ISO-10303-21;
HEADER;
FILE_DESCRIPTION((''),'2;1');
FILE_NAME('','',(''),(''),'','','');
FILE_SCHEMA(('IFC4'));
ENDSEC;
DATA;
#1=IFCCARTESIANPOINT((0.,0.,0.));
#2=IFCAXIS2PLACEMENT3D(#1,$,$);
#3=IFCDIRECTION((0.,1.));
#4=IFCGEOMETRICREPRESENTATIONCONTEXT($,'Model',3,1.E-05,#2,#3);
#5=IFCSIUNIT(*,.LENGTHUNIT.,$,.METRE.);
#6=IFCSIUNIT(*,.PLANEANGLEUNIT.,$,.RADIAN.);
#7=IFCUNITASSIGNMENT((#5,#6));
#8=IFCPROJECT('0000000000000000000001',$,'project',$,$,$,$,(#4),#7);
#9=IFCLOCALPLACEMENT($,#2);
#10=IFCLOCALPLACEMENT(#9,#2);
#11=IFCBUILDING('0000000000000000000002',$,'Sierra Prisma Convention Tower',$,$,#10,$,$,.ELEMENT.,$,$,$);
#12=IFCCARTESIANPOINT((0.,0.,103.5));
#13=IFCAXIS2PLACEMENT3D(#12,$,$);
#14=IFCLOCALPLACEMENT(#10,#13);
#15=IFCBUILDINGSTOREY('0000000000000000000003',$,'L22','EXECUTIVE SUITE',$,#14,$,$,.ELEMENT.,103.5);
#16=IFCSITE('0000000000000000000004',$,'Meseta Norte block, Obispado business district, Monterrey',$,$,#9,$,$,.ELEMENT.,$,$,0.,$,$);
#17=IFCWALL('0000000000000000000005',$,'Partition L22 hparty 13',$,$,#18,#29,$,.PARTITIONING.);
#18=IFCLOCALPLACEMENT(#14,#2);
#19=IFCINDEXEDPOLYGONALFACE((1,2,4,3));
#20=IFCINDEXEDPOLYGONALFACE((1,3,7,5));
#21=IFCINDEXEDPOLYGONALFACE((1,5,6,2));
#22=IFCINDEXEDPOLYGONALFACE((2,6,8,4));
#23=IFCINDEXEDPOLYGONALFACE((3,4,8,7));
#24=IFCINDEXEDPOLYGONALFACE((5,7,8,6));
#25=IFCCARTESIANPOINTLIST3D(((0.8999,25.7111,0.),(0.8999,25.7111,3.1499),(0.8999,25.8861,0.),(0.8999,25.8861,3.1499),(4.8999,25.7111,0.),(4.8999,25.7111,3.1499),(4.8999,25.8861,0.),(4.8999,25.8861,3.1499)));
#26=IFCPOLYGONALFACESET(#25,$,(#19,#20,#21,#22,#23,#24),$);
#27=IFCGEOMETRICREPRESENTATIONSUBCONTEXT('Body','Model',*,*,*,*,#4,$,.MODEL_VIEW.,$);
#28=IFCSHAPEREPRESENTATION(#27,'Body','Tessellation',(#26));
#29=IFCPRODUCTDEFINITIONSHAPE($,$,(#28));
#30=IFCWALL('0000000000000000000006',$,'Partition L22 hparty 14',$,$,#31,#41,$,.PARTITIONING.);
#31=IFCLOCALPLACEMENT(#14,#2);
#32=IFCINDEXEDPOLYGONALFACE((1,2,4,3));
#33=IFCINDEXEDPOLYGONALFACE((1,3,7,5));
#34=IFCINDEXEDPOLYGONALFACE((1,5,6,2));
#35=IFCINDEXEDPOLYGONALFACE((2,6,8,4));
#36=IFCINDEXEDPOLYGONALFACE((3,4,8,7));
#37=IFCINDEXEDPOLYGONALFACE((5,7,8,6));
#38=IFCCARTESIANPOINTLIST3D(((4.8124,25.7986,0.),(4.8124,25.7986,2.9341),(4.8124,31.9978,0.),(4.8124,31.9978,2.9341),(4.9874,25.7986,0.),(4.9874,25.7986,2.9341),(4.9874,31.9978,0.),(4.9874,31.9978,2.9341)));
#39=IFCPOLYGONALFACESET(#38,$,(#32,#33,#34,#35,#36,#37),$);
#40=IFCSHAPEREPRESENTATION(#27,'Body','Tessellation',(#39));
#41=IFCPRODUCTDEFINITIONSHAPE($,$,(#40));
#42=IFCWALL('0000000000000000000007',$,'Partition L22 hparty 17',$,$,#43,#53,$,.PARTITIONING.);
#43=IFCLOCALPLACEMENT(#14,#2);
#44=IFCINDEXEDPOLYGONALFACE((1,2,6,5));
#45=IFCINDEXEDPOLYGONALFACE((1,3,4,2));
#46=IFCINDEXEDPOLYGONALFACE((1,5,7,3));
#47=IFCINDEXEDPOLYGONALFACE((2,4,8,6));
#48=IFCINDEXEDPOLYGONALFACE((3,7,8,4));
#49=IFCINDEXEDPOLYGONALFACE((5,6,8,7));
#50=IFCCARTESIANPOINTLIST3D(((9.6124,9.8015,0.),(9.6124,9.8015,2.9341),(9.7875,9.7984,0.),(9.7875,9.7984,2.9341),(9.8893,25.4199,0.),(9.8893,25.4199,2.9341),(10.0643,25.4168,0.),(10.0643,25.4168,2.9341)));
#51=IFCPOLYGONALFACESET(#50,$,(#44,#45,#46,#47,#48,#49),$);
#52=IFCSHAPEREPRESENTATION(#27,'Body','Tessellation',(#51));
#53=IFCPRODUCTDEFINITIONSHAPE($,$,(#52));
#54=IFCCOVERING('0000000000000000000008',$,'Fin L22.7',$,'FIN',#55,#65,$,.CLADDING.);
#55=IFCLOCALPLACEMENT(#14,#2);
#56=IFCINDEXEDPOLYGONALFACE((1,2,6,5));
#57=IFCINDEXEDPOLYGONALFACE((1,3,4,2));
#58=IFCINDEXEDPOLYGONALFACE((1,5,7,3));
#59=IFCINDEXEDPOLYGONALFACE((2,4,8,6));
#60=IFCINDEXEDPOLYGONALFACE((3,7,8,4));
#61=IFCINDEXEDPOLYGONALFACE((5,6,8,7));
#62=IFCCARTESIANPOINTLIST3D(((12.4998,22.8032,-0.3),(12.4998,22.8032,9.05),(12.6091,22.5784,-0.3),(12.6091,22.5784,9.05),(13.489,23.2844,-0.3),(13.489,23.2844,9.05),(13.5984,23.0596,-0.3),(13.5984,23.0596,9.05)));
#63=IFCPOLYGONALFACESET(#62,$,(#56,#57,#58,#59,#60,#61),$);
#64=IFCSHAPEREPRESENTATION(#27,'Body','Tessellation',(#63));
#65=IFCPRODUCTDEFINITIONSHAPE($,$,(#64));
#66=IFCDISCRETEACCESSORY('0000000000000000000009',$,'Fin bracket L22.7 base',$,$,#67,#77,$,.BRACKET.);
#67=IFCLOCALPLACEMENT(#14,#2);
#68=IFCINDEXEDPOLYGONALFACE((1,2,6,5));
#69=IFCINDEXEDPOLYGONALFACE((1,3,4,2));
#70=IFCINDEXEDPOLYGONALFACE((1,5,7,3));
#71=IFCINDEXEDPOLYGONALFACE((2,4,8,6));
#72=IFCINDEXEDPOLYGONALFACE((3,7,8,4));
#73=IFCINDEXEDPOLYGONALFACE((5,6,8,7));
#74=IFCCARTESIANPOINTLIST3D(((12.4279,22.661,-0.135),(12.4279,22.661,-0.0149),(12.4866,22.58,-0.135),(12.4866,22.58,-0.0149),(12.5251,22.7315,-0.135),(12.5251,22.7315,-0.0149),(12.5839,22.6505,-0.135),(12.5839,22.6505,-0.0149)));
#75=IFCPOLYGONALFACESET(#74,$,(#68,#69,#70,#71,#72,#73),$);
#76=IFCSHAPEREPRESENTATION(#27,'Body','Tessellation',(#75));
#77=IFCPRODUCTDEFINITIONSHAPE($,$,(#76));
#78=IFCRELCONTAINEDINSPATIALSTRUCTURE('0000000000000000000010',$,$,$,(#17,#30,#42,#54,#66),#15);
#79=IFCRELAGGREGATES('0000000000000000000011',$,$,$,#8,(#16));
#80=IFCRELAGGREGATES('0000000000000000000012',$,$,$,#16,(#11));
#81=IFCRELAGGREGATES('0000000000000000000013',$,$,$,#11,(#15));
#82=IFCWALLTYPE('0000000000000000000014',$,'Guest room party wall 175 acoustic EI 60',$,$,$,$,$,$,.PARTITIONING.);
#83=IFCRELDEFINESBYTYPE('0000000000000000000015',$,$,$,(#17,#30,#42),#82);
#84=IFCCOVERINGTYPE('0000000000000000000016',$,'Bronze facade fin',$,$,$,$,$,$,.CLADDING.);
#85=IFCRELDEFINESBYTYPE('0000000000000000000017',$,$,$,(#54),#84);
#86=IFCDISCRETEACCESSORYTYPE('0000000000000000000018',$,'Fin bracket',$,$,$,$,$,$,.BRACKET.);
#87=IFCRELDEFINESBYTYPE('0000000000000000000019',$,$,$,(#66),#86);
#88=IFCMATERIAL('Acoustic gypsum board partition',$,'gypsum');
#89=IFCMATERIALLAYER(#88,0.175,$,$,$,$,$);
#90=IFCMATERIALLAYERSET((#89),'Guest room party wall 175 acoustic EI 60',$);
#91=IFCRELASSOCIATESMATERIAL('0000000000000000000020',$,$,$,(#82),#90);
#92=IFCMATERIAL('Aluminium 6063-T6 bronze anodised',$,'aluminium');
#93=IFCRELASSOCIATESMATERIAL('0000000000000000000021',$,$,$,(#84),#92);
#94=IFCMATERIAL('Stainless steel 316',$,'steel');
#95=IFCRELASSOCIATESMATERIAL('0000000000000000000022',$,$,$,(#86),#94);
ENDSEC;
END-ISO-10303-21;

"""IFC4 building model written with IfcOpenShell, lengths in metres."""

from ifc_helpers import new_model, si_unit, direction, frame, frame_2d, origin, origin_2d, place, context, subcontext, project, spatial, rectangle, extrude, material, layer, layer_set, material_profile, profile_set, type_object, element, save


model = new_model("IFC4")

# Units and contexts
model_context = context("Model", 3, precision=1e-05, world=origin(), true_north=direction((0.0, 1.0)))
body_context = subcontext(model_context, "Body", "Model", "MODEL_VIEW")
ifc_project = project(units=[si_unit("LENGTHUNIT", "METRE"), si_unit("PLANEANGLEUNIT", "RADIAN")], contexts=[model_context])

# Site, building, storey
site_placement = place(None, origin())
site = spatial("IfcSite", under=ifc_project, at=site_placement, Name="Meseta Norte block, Obispado business district, Monterrey", CompositionType="ELEMENT", RefElevation=0.0)
building_placement = place(site_placement, origin())
building = spatial("IfcBuilding", under=site, at=building_placement, Name="Sierra Prisma Convention Tower", CompositionType="ELEMENT")
storey_placement = place(building_placement, frame((0.0, 0.0, 103.5)))
storey = spatial("IfcBuildingStorey", under=building, at=storey_placement, Name="L22", Description="EXECUTIVE SUITE", CompositionType="ELEMENT", Elevation=103.5)

# Walls
ifc_material_1 = material(Name="Acoustic gypsum board partition", Category="gypsum")
ifc_layer_1 = layer(ifc_material_1, 0.175)
ifc_layer_set_1 = layer_set([ifc_layer_1], Name="Guest room party wall 175 acoustic EI 60")
wall_type_1 = type_object("IfcWallType", Name="Guest room party wall 175 acoustic EI 60", PredefinedType="PARTITIONING", material=ifc_layer_set_1)
wall_1_placement = place(storey_placement, frame((0.8999, 25.7986, 0.0), z_axis=(0.0, 0.0, 1.0), x_axis=(1.0, 0.0, 0.0)))
element("IfcWall", 1, at=wall_1_placement, inside=storey, type_object=wall_type_1, Name="Partition L22 hparty 13", PredefinedType="PARTITIONING", context=body_context, shape_type="SweptSolid", body=[
    extrude(rectangle(XDim=4.0, YDim=0.175, at=frame_2d((2.0, 0.0))), origin(), (0.0, 0.0, 1.0), 3.1499),
])
wall_2_placement = place(storey_placement, frame((4.8999, 25.7986, 0.0), z_axis=(0.0, 0.0, 1.0), x_axis=(0.0, 1.0, 0.0)))
element("IfcWall", 2, at=wall_2_placement, inside=storey, type_object=wall_type_1, Name="Partition L22 hparty 14", PredefinedType="PARTITIONING", context=body_context, shape_type="SweptSolid", body=[
    extrude(rectangle(XDim=6.1992, YDim=0.175, at=frame_2d((3.0996, 0.0))), origin(), (0.0, 0.0, 1.0), 2.9341),
])
wall_3_placement = place(storey_placement, frame((9.9768, 25.4185, 0.0), z_axis=(0.0, 0.0, 1.0), x_axis=(-0.017723, -0.999843, 0.0)))
element("IfcWall", 3, at=wall_3_placement, inside=storey, type_object=wall_type_1, Name="Partition L22 hparty 17", PredefinedType="PARTITIONING", context=body_context, shape_type="SweptSolid", body=[
    extrude(rectangle(XDim=15.6208, YDim=0.175, at=frame_2d((7.8105, 0.0))), origin(), (0.0, 0.0, 1.0), 2.9341),
])

# Covering
ifc_material_2 = material(Name="Aluminium 6063-T6 bronze anodised", Category="aluminium")
ifc_material_profile_1 = material_profile(ifc_material_2, rectangle(XDim=1.1001, YDim=0.25, at=origin_2d()), Name="ALU FIN 1100x250")
ifc_profile_set_1 = profile_set([ifc_material_profile_1], Name="Aluminium 6063-T6 bronze anodised")
covering_type = type_object("IfcCoveringType", Name="Bronze facade fin", PredefinedType="CLADDING", material=ifc_profile_set_1)
covering_placement = place(storey_placement, frame((13.0491, 22.9314, -0.3), z_axis=(0.0, 0.0, 1.0), x_axis=(0.899258, 0.437419, 0.0)))
element("IfcCovering", 4, at=covering_placement, inside=storey, type_object=covering_type, Name="Fin L22.7", ObjectType="FIN", PredefinedType="CLADDING", context=body_context, shape_type="SweptSolid", body=[
    extrude(rectangle(XDim=1.1001, YDim=0.25, at=origin_2d()), origin(), (0.0, 0.0, 1.0), 9.3501),
])

# Discrete accessory
ifc_material_3 = material(Name="Stainless steel 316", Category="steel")
discrete_accessory_type = type_object("IfcDiscreteAccessoryType", Name="Fin bracket", PredefinedType="BRACKET", material=ifc_material_3)
discrete_accessory_placement = place(storey_placement, frame((12.5059, 22.6558, -0.135), z_axis=(0.0, 0.0, 1.0), x_axis=(0.809639, 0.586929, 0.0)))
element("IfcDiscreteAccessory", 5, at=discrete_accessory_placement, inside=storey, type_object=discrete_accessory_type, Name="Fin bracket L22.7 base", PredefinedType="BRACKET", context=body_context, shape_type="SweptSolid", body=[
    extrude(rectangle(XDim=0.1201, YDim=0.1001, at=origin_2d()), origin(), (0.0, 0.0, 1.0), 0.1201),
])

save(model, "model.ifc")
